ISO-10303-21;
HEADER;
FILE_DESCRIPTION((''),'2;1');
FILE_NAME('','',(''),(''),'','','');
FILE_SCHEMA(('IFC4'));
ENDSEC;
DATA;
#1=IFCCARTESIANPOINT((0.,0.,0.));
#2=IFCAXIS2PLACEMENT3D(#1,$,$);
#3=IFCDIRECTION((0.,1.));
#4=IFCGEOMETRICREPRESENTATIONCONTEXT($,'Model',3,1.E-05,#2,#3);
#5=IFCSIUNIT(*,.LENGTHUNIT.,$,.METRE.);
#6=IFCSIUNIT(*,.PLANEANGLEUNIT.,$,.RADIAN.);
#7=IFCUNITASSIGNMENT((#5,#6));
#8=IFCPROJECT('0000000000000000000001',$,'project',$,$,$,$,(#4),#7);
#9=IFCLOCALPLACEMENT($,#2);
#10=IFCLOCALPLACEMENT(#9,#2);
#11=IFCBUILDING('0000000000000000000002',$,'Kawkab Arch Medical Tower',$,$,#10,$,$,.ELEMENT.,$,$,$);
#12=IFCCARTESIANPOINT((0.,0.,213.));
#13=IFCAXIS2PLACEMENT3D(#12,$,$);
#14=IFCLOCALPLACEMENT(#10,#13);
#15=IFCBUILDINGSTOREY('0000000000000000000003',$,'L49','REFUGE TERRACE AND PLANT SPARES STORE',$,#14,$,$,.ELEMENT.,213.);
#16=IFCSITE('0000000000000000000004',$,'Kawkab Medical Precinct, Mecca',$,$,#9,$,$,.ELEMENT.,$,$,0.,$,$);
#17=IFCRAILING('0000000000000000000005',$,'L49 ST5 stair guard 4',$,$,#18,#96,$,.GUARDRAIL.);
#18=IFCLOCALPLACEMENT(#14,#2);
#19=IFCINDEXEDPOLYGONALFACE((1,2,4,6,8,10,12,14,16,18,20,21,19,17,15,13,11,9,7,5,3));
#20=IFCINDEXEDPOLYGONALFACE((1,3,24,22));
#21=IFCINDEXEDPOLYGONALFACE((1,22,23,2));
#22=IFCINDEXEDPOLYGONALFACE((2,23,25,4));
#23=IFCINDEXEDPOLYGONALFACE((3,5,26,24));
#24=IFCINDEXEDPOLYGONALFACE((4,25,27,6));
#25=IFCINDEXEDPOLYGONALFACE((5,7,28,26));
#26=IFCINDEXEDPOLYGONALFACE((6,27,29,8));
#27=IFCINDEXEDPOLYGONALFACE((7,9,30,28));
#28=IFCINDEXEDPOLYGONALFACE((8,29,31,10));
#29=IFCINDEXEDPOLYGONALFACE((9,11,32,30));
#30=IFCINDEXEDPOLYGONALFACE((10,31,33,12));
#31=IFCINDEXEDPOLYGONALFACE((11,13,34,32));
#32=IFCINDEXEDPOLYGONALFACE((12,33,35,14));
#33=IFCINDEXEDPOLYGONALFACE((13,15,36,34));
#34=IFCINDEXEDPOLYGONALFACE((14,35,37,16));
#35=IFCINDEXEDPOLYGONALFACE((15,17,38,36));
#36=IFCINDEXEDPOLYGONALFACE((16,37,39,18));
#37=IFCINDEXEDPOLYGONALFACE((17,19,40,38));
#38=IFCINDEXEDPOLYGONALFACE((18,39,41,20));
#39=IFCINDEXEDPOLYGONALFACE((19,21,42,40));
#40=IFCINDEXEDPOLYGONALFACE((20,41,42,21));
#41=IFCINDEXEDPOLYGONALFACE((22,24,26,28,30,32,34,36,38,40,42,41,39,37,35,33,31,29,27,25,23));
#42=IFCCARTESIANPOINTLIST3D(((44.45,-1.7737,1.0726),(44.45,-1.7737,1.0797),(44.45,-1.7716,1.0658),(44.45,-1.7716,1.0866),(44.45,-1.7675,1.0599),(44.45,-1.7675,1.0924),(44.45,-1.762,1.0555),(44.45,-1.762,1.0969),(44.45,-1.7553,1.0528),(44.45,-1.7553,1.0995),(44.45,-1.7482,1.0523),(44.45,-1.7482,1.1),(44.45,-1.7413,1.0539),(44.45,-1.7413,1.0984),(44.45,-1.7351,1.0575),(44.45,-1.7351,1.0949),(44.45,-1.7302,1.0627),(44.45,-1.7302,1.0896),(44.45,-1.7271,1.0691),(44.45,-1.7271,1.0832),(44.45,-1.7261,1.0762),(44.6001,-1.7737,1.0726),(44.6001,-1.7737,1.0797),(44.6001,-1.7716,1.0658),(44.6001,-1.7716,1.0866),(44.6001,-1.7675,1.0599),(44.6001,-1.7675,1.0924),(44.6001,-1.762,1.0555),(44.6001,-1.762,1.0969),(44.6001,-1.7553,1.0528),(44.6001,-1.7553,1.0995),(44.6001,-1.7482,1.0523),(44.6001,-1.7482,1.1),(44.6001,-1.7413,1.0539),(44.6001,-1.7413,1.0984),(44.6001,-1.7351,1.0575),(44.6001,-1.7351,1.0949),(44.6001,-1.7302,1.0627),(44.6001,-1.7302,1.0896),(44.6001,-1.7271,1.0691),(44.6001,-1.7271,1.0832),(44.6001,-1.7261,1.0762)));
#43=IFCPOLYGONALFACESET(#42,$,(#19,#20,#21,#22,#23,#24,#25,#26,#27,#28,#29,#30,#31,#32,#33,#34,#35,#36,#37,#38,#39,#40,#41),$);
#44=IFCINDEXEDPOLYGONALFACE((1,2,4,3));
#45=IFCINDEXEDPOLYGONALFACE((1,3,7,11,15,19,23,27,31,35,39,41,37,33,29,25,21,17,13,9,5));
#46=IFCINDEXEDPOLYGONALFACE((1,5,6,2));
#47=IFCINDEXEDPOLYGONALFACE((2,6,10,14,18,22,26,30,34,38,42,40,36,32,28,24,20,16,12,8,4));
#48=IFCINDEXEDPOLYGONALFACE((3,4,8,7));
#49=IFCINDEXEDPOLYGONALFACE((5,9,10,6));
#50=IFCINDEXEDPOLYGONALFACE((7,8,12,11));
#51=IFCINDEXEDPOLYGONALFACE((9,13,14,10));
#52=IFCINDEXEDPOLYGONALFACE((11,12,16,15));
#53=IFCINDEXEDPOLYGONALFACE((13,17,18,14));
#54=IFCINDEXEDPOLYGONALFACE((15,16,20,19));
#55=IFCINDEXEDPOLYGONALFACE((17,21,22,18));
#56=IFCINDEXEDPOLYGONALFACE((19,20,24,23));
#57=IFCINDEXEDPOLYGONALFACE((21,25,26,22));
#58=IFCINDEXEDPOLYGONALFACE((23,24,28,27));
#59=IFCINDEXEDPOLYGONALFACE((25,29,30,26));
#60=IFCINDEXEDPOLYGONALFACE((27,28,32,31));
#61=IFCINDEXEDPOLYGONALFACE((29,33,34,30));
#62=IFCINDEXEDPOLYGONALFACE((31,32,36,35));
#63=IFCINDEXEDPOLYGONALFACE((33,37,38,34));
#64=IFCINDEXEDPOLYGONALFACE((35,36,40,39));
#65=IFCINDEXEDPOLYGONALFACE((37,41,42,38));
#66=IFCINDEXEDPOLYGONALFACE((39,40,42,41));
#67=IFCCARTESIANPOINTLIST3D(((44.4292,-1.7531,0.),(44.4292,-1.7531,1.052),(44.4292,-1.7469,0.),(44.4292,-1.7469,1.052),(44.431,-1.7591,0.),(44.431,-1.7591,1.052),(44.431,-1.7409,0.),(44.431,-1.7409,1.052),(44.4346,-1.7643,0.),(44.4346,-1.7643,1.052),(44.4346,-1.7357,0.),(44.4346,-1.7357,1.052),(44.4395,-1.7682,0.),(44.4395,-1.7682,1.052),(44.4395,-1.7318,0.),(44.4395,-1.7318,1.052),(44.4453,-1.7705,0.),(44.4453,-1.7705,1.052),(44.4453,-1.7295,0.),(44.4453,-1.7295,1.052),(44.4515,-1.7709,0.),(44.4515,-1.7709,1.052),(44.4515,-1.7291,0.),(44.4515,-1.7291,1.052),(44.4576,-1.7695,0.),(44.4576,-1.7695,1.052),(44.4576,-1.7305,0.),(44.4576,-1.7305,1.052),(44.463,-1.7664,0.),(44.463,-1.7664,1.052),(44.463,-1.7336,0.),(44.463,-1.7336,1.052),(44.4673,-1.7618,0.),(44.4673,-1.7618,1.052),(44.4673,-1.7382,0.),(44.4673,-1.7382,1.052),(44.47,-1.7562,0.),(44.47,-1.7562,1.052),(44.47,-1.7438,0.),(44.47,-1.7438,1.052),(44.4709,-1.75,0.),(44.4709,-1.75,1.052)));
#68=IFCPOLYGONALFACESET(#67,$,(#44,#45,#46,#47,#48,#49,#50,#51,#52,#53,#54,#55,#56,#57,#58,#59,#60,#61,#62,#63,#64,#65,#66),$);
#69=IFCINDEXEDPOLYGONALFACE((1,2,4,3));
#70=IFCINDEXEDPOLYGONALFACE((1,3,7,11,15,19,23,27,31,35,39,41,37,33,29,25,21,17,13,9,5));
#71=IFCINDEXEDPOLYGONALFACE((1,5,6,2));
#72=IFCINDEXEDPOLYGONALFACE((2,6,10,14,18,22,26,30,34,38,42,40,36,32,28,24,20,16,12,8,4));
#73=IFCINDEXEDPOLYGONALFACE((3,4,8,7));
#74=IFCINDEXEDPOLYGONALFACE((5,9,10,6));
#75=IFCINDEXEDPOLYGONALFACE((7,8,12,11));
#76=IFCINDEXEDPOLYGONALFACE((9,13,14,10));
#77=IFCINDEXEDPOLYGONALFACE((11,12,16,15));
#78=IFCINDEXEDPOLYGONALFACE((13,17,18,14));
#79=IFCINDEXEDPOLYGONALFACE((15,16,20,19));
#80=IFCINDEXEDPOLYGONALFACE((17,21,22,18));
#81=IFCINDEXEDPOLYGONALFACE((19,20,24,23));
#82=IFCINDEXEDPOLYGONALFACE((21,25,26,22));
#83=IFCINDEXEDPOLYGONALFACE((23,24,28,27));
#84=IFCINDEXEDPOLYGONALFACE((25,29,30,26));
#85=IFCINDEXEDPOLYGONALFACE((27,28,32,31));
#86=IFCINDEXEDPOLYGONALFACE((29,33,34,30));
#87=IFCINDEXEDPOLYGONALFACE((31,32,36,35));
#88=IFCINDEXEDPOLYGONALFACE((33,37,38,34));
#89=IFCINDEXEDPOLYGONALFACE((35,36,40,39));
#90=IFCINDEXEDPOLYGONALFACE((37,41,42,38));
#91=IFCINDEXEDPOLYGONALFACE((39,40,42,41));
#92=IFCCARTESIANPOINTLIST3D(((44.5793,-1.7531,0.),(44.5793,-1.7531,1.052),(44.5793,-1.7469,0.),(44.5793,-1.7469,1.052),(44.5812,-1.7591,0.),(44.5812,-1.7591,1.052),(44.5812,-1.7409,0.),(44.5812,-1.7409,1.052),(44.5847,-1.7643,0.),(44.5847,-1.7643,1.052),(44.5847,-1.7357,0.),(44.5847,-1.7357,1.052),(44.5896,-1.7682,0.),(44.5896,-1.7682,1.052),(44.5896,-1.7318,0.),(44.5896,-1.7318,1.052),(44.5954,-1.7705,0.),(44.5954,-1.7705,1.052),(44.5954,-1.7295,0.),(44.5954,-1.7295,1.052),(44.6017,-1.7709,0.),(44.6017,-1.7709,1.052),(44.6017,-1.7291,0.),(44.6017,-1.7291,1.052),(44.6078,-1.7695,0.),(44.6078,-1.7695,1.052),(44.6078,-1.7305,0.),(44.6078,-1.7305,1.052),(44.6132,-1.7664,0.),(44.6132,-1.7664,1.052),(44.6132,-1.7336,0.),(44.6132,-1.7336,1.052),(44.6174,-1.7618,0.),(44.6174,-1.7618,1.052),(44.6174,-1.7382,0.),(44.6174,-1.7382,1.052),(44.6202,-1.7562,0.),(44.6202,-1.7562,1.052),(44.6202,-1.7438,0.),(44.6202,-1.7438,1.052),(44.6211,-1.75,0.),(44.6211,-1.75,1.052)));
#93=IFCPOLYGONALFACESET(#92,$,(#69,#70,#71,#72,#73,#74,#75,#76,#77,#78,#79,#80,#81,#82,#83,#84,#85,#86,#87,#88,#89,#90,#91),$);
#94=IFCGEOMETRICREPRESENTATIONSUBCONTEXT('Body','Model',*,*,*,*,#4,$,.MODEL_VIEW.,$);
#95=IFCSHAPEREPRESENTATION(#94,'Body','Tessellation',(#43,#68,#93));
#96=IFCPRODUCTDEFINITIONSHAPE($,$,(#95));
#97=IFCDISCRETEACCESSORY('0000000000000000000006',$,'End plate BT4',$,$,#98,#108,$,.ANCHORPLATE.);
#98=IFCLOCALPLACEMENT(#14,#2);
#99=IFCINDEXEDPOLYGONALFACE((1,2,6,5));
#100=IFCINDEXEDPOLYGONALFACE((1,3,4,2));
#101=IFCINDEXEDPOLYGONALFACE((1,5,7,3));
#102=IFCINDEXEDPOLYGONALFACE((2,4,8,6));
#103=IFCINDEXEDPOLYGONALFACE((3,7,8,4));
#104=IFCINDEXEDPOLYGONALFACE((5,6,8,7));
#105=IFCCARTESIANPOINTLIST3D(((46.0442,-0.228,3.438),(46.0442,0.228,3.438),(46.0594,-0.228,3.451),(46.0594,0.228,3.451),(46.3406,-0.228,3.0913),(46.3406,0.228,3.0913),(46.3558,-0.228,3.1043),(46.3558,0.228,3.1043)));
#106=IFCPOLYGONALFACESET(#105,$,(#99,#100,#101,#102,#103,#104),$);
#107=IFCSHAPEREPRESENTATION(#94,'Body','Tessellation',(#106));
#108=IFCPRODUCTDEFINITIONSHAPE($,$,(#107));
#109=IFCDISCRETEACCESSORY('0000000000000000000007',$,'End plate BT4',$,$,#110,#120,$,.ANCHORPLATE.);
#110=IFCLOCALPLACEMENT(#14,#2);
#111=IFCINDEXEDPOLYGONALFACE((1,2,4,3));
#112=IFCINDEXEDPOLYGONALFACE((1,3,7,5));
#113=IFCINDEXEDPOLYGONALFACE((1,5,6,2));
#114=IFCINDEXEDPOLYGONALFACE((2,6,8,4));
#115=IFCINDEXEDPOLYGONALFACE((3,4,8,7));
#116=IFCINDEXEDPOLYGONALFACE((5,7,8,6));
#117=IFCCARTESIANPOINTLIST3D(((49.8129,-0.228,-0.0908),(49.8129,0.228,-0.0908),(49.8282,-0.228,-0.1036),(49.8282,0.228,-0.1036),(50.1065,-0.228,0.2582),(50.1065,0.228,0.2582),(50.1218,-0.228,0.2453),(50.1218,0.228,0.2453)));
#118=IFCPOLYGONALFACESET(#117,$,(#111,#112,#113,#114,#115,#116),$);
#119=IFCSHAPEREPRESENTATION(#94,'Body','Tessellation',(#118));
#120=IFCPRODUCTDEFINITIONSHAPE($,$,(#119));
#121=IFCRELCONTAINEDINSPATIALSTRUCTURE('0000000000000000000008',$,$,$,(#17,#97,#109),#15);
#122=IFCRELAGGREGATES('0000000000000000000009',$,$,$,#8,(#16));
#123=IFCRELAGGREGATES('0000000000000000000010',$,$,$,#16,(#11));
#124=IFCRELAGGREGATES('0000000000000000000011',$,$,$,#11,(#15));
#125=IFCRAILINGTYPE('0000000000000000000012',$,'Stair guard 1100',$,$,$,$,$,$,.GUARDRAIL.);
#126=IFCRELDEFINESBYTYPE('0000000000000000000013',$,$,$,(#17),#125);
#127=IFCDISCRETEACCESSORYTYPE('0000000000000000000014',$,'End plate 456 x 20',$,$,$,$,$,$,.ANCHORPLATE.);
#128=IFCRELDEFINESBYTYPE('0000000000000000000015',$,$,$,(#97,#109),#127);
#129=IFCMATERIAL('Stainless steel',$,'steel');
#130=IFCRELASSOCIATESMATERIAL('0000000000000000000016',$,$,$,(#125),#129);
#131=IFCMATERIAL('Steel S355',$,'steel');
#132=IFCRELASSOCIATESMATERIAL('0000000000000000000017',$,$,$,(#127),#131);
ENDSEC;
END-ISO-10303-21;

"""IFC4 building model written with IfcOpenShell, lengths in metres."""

from ifc_helpers import new_model, si_unit, direction, frame, origin, origin_2d, place, context, subcontext, project, spatial, rectangle, circle, extrude, material, material_profile, profile_set, type_object, element, save


model = new_model("IFC4")

# Units and contexts
model_context = context("Model", 3, precision=1e-05, world=origin(), true_north=direction((0.0, 1.0)))
body_context = subcontext(model_context, "Body", "Model", "MODEL_VIEW")
ifc_project = project(units=[si_unit("LENGTHUNIT", "METRE"), si_unit("PLANEANGLEUNIT", "RADIAN")], contexts=[model_context])

# Site, building, storey
site_placement = place(None, origin())
site = spatial("IfcSite", under=ifc_project, at=site_placement, Name="Kawkab Medical Precinct, Mecca", CompositionType="ELEMENT", RefElevation=0.0)
building_placement = place(site_placement, origin())
building = spatial("IfcBuilding", under=site, at=building_placement, Name="Kawkab Arch Medical Tower", CompositionType="ELEMENT")
storey_placement = place(building_placement, frame((0.0, 0.0, 213.0)))
storey = spatial("IfcBuildingStorey", under=building, at=storey_placement, Name="L49", Description="REFUGE TERRACE AND PLANT SPARES STORE", CompositionType="ELEMENT", Elevation=213.0)

# Railing
ifc_material_1 = material(Name="Stainless steel", Category="steel")
railing_type_1 = type_object("IfcRailingType", Name="Stair guard 1100", PredefinedType="GUARDRAIL", material=ifc_material_1)
railing_1_placement = place(storey_placement, frame((44.45, -1.75, 0.0)))
element("IfcRailing", 1, at=railing_1_placement, inside=storey, type_object=railing_type_1, Name="L49 ST5 stair guard 4", PredefinedType="GUARDRAIL", context=body_context, shape_type="SweptSolid", body=[
    extrude(circle(Radius=0.0239, at=origin_2d()), frame((0.0, 0.0, 1.0762), z_axis=(1.0, 0.0, 0.0), x_axis=(0.0, 1.0, 0.0)), (0.0, 0.0, 1.0), 0.1501),
    extrude(circle(Radius=0.021, at=origin_2d()), origin(), (0.0, 0.0, 1.0), 1.052),
    extrude(circle(Radius=0.021, at=origin_2d()), frame((0.1501, 0.0, 0.0)), (0.0, 0.0, 1.0), 1.052),
])

# Discrete accessories
ifc_material_2 = material(Name="Steel S355", Category="steel")
ifc_material_profile_1 = material_profile(ifc_material_2, rectangle(XDim=0.4561, YDim=0.4561, at=origin_2d()), Name="End plate 456 x 20")
ifc_profile_set_1 = profile_set([ifc_material_profile_1], Name="Steel S355")
discrete_accessory_type = type_object("IfcDiscreteAccessoryType", Name="End plate 456 x 20", PredefinedType="ANCHORPLATE", material=ifc_profile_set_1)
for number, where, z_axis, x_axis, name in (
    (2, (46.1924, 0.0, 3.2646), (0.760121, 0.0, 0.649781), (0.0, 1.0, 0.0), "End plate BT4"),
    (3, (49.9597, 0.0, 0.0837), (0.765226, 0.0, -0.643762), (0.0, 1.0, 0.0), "End plate BT4"),
):
    element("IfcDiscreteAccessory", number, at=place(storey_placement, frame(where, z_axis=z_axis, x_axis=x_axis)), inside=storey, type_object=discrete_accessory_type, Name=name, PredefinedType="ANCHORPLATE", context=body_context, shape_type="SweptSolid", body=[
        extrude(rectangle(XDim=0.4561, YDim=0.4561, at=origin_2d()), origin(), (0.0, 0.0, 1.0), 0.02),
    ])

save(model, "model.ifc")
